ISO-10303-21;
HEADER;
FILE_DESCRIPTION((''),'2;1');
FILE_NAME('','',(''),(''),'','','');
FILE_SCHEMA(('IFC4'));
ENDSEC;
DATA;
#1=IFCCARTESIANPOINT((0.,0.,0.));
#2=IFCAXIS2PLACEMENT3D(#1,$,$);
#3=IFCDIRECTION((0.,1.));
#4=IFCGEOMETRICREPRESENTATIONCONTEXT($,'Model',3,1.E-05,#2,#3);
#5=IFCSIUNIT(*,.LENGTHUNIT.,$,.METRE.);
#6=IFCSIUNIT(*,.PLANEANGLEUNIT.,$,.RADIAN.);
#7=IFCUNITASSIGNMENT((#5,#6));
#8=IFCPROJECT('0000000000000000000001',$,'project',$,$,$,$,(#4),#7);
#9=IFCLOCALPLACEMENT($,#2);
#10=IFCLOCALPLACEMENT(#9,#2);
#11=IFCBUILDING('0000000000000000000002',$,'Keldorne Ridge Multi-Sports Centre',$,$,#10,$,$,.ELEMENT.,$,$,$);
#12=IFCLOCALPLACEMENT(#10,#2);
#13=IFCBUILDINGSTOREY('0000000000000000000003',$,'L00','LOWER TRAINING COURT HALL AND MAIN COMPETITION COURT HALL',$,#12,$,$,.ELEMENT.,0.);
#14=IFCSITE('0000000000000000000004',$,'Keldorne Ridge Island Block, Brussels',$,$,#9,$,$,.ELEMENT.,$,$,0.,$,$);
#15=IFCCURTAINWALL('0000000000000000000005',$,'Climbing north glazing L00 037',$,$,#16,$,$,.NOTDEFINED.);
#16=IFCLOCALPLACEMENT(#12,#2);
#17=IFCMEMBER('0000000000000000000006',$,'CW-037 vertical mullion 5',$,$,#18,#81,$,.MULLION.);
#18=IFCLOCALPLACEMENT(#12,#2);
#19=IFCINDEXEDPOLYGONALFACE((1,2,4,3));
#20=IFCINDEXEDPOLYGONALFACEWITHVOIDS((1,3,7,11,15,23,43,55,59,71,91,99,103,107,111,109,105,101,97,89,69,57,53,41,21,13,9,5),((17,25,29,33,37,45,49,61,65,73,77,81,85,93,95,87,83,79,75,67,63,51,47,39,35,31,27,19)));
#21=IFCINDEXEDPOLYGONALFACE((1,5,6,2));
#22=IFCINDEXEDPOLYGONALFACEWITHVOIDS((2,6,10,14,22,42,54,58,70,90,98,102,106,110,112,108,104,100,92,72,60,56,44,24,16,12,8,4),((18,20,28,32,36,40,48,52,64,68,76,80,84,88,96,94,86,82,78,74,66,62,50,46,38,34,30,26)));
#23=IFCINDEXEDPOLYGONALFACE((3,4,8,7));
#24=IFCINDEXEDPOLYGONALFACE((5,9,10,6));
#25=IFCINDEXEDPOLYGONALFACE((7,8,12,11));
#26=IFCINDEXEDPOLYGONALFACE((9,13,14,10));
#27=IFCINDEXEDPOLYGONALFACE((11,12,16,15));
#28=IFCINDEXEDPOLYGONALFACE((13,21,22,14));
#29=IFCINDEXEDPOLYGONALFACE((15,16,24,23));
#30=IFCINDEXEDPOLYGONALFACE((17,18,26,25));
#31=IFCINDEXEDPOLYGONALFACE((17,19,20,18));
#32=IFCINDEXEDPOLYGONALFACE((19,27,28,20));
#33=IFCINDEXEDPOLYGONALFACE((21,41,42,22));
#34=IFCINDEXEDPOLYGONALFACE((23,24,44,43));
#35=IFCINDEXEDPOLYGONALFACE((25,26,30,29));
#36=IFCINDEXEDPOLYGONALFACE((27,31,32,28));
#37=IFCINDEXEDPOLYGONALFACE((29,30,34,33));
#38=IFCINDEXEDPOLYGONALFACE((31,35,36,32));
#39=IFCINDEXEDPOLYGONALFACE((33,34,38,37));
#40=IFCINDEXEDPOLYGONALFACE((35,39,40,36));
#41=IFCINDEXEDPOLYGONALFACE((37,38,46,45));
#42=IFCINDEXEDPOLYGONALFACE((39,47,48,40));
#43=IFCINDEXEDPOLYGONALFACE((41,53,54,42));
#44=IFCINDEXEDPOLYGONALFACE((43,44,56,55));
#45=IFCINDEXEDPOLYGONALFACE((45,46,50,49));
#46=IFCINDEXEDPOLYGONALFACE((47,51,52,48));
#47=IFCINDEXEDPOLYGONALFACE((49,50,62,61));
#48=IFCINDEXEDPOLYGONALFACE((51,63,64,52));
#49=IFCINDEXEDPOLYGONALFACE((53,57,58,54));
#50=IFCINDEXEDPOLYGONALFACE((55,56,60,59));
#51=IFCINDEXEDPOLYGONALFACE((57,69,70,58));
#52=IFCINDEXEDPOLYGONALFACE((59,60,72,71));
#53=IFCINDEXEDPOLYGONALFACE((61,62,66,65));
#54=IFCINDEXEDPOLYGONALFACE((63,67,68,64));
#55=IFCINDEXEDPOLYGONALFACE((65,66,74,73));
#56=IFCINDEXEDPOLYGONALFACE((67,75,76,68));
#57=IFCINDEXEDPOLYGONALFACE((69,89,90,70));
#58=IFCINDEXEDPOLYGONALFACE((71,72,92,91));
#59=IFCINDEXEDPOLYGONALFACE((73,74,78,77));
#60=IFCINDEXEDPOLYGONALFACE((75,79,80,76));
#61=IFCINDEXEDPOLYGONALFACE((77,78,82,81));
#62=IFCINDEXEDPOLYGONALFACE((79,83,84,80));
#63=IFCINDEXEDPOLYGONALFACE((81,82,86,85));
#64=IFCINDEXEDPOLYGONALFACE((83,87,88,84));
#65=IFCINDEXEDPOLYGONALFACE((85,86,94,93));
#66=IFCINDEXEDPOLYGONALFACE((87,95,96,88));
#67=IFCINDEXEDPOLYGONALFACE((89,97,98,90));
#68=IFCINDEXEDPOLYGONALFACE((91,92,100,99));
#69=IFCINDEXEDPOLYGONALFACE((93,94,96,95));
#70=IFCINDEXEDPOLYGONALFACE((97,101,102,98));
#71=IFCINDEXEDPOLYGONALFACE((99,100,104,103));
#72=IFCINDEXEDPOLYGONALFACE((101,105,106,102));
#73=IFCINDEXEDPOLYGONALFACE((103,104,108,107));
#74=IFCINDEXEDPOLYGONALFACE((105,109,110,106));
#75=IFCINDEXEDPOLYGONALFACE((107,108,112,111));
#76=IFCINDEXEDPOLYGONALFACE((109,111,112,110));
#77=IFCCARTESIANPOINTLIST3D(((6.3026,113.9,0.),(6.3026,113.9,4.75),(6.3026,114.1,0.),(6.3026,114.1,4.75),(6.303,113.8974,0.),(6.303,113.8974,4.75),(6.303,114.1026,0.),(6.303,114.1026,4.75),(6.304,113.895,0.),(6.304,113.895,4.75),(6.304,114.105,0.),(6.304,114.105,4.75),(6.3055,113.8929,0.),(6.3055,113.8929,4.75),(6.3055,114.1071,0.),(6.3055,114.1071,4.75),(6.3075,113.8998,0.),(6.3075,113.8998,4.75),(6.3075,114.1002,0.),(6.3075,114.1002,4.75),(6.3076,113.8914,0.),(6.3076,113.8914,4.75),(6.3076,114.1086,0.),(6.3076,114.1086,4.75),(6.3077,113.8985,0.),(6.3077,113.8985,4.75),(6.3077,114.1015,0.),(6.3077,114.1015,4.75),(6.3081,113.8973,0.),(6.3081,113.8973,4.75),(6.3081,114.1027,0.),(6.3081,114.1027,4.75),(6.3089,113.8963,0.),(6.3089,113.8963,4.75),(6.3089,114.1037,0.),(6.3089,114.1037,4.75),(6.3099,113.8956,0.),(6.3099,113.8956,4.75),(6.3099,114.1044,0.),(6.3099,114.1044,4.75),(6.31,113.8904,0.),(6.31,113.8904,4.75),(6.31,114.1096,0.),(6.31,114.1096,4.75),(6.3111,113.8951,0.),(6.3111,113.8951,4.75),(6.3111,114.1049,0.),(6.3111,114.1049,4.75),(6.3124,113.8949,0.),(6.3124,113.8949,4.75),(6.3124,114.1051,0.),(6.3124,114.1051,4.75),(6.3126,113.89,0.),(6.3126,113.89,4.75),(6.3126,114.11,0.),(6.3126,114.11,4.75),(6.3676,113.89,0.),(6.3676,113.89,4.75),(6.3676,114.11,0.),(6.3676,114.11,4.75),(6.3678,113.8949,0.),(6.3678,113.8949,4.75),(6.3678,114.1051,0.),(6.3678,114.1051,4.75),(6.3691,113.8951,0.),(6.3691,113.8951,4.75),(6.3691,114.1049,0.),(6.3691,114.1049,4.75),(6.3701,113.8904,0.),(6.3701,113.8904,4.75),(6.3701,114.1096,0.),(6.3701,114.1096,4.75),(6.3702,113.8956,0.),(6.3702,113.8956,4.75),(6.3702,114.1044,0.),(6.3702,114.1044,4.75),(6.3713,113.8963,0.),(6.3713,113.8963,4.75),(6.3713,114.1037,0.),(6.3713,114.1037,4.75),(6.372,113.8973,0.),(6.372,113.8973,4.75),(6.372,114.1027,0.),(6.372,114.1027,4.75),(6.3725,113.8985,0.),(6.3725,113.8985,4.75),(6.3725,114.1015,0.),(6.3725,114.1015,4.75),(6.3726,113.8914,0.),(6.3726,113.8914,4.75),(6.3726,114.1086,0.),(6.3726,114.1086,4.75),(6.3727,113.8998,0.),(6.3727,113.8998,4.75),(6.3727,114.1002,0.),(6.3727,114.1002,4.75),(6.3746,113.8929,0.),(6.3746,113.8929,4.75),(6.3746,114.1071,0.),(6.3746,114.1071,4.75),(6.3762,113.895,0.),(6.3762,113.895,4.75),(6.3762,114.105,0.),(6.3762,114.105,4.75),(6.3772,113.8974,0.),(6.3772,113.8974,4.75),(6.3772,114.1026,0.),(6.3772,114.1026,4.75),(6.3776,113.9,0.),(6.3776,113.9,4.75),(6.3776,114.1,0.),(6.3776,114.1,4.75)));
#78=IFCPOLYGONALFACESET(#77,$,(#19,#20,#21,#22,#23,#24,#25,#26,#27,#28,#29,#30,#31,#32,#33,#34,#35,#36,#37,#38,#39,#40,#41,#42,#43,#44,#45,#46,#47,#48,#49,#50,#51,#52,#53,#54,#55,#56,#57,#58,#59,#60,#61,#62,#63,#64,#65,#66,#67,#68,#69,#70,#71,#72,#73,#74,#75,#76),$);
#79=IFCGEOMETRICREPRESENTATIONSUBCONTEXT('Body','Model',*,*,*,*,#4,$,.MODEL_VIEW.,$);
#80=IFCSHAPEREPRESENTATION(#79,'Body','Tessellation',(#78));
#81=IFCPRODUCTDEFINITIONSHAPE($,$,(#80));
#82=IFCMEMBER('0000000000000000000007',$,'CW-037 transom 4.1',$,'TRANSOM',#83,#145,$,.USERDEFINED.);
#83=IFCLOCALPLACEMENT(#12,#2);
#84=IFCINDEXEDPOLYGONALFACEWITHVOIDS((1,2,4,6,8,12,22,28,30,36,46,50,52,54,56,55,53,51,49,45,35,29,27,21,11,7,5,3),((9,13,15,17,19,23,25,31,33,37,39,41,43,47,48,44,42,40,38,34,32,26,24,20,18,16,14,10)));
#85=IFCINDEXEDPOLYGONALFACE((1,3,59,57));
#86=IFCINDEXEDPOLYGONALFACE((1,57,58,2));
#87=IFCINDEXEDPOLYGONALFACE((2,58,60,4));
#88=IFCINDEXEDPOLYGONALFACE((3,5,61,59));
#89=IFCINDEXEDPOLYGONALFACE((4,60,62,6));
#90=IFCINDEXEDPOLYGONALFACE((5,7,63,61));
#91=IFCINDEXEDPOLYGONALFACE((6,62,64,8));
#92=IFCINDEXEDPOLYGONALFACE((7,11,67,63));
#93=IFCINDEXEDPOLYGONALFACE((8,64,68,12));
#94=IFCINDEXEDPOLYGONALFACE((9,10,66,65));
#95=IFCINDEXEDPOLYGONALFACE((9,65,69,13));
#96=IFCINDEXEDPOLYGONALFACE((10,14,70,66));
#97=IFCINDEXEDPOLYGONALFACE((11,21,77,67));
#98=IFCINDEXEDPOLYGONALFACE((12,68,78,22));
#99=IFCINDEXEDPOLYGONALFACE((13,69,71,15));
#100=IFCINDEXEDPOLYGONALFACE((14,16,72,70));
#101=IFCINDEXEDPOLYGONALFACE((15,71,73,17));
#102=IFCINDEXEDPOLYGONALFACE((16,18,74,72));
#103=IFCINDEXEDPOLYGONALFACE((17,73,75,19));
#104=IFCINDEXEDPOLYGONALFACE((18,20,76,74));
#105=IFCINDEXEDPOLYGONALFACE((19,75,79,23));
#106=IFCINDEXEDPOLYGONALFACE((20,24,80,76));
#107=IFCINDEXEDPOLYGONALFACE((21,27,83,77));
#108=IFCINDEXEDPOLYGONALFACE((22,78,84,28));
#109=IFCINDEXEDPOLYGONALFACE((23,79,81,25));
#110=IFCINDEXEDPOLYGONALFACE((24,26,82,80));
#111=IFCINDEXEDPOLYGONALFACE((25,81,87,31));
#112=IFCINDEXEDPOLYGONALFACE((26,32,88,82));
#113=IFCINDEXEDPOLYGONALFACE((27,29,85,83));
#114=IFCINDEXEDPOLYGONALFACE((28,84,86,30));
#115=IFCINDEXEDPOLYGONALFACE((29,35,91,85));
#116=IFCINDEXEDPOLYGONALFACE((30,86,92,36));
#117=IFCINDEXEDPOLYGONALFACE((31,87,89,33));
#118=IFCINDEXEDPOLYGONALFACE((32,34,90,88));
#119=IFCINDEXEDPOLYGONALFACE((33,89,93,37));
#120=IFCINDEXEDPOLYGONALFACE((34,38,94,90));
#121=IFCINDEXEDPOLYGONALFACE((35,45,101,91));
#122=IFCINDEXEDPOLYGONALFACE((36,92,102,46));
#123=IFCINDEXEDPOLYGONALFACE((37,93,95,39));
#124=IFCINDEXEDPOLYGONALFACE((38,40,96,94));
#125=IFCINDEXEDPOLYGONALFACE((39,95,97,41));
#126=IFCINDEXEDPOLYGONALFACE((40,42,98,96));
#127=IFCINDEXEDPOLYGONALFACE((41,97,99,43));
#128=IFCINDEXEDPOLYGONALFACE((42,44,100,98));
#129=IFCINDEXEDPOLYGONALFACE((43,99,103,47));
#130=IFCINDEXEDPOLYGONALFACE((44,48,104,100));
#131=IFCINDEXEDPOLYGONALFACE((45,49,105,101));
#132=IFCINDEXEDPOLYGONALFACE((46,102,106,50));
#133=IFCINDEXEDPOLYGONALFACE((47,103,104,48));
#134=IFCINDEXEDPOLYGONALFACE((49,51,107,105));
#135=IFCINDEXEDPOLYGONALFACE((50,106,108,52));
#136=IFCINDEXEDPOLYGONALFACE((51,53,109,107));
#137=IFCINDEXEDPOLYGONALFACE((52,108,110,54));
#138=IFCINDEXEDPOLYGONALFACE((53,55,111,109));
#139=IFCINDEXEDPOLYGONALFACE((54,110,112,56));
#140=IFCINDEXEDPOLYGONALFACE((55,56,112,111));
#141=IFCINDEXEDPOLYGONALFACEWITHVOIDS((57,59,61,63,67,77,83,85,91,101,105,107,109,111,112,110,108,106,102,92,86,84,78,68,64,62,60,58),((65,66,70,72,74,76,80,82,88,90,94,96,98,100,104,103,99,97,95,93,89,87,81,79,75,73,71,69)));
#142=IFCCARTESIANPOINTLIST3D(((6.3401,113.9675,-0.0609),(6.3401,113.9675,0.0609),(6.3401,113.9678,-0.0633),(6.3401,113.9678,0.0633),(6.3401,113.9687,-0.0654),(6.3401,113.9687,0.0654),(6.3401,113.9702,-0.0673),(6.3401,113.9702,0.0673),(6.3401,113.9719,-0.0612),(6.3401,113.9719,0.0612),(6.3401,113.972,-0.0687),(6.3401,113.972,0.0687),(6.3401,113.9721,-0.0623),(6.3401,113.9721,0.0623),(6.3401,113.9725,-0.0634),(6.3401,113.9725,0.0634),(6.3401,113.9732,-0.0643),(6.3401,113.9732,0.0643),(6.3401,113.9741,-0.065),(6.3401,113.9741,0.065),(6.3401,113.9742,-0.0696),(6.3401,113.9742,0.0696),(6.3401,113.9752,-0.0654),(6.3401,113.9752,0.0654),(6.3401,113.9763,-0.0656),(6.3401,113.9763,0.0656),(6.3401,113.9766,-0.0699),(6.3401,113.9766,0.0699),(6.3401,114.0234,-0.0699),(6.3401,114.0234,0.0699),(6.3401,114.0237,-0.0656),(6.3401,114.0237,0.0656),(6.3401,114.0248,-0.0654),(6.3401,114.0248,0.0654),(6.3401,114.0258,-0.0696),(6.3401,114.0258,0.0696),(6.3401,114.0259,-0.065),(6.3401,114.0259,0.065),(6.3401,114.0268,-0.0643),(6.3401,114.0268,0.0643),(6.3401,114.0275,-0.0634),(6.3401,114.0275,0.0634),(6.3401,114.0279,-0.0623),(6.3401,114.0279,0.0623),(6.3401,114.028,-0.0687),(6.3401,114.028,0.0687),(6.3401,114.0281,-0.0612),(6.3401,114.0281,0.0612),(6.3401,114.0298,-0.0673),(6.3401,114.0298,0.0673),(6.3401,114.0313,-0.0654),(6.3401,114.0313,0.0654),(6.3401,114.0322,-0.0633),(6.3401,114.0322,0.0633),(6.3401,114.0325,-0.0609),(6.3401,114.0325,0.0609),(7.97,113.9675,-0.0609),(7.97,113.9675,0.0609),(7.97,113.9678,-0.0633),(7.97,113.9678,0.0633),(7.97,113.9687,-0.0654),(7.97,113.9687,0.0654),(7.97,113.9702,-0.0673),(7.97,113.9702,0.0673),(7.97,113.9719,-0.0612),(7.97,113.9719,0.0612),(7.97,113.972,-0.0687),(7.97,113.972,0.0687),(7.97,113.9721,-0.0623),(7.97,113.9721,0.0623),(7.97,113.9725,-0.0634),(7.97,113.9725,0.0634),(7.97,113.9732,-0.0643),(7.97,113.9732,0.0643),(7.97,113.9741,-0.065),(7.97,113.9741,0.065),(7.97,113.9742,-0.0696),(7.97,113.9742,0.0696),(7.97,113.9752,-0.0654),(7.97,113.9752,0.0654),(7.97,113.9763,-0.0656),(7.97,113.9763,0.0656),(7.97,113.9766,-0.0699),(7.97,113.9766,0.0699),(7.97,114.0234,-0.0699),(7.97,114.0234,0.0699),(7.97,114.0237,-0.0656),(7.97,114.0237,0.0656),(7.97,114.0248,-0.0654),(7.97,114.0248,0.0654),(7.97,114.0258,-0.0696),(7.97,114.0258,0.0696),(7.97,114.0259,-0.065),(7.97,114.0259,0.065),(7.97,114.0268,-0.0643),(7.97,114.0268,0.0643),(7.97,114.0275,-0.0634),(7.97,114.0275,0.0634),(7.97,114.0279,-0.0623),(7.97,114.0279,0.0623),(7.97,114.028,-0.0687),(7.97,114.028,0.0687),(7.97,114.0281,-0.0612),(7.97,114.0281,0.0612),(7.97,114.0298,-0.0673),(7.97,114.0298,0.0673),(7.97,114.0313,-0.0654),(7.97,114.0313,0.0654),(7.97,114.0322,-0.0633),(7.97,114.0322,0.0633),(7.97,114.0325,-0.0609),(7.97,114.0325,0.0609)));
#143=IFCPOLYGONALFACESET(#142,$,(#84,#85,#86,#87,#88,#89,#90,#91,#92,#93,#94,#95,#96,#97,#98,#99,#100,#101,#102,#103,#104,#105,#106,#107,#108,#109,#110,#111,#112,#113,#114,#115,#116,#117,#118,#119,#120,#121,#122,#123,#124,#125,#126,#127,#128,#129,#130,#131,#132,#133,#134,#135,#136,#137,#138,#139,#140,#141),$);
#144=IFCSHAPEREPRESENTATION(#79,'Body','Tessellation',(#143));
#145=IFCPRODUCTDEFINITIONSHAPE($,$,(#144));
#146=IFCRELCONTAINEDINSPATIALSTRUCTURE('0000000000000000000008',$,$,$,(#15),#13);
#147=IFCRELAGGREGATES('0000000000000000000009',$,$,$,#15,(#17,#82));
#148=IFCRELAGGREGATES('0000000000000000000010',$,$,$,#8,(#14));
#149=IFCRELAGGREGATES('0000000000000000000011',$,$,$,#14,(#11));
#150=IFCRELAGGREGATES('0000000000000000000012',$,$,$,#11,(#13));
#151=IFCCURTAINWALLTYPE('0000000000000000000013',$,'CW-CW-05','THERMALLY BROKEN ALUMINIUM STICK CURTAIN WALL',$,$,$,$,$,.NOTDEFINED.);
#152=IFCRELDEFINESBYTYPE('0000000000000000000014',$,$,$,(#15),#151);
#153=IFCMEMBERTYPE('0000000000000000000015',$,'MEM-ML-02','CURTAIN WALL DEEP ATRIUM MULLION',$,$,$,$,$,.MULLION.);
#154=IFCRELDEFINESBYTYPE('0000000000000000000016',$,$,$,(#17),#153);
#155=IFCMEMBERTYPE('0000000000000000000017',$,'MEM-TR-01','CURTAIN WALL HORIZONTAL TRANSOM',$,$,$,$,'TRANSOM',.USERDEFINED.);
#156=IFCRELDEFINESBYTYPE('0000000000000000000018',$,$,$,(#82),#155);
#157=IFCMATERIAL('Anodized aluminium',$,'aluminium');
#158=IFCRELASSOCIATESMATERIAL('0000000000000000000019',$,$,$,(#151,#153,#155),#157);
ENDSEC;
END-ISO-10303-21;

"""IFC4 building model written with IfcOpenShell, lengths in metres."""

from ifc_helpers import new_model, si_unit, direction, frame, origin, origin_2d, place, context, subcontext, project, spatial, hollow_rectangle, extrude, material, material_profile, profile_set, type_object, element, aggregate, save


model = new_model("IFC4")

# Units and contexts
model_context = context("Model", 3, precision=1e-05, world=origin(), true_north=direction((0.0, 1.0)))
body_context = subcontext(model_context, "Body", "Model", "MODEL_VIEW")
ifc_project = project(units=[si_unit("LENGTHUNIT", "METRE"), si_unit("PLANEANGLEUNIT", "RADIAN")], contexts=[model_context])

# Site, building, storey
site_placement = place(None, origin())
site = spatial("IfcSite", under=ifc_project, at=site_placement, Name="Keldorne Ridge Island Block, Brussels", CompositionType="ELEMENT", RefElevation=0.0)
building_placement = place(site_placement, origin())
building = spatial("IfcBuilding", under=site, at=building_placement, Name="Keldorne Ridge Multi-Sports Centre", CompositionType="ELEMENT")
storey_placement = place(building_placement, origin())
storey = spatial("IfcBuildingStorey", under=building, at=storey_placement, Name="L00", Description="LOWER TRAINING COURT HALL AND MAIN COMPETITION COURT HALL", CompositionType="ELEMENT", Elevation=0.0)

# Curtain wall, members
ifc_material_1 = material(Name="Anodized aluminium", Category="aluminium")
curtain_wall_type = type_object("IfcCurtainWallType", Name="CW-CW-05", Description="THERMALLY BROKEN ALUMINIUM STICK CURTAIN WALL", PredefinedType="NOTDEFINED", material=ifc_material_1)
curtain_wall_placement = place(storey_placement, origin())
curtain_wall = element("IfcCurtainWall", 1, at=curtain_wall_placement, inside=storey, type_object=curtain_wall_type, Name="Climbing north glazing L00 037", PredefinedType="NOTDEFINED")
ifc_material_profile_1 = material_profile(ifc_material_1, hollow_rectangle(XDim=0.075, YDim=0.22, WallThickness=0.0049, InnerFilletRadius=0.0049, OuterFilletRadius=0.01, at=origin_2d()), Name="ALU MULLION 220x75x5")
ifc_profile_set_1 = profile_set([ifc_material_profile_1], Name="Anodized aluminium")
member_type_1 = type_object("IfcMemberType", Name="MEM-ML-02", Description="CURTAIN WALL DEEP ATRIUM MULLION", PredefinedType="MULLION", material=ifc_profile_set_1)
member_1_placement = place(storey_placement, frame((6.3401, 114.0, 0.0), z_axis=(0.0, 0.0, 1.0), x_axis=(1.0, 0.0, 0.0)))
member_1 = element("IfcMember", 2, at=member_1_placement, type_object=member_type_1, Name="CW-037 vertical mullion 5", PredefinedType="MULLION", context=body_context, shape_type="SweptSolid", body=[
    extrude(hollow_rectangle(XDim=0.075, YDim=0.22, WallThickness=0.0049, InnerFilletRadius=0.0049, OuterFilletRadius=0.01, at=origin_2d()), origin(), (0.0, 0.0, 1.0), 4.75),
])
ifc_material_profile_2 = material_profile(ifc_material_1, hollow_rectangle(XDim=0.0649, YDim=0.1399, WallThickness=0.0044, InnerFilletRadius=0.0044, OuterFilletRadius=0.009, at=origin_2d()), Name="ALU TRANSOM 140x65x4.5")
ifc_profile_set_2 = profile_set([ifc_material_profile_2], Name="Anodized aluminium")
member_type_2 = type_object("IfcMemberType", Name="MEM-TR-01", Description="CURTAIN WALL HORIZONTAL TRANSOM", ElementType="TRANSOM", PredefinedType="USERDEFINED", material=ifc_profile_set_2)
member_2_placement = place(storey_placement, frame((7.97, 114.0, 0.0), z_axis=(-1.0, 0.0, 0.0), x_axis=(0.0, -1.0, 0.0)))
member_2 = element("IfcMember", 3, at=member_2_placement, type_object=member_type_2, Name="CW-037 transom 4.1", ObjectType="TRANSOM", PredefinedType="USERDEFINED", context=body_context, shape_type="SweptSolid", body=[
    extrude(hollow_rectangle(XDim=0.0649, YDim=0.1399, WallThickness=0.0044, InnerFilletRadius=0.0044, OuterFilletRadius=0.009, at=origin_2d()), origin(), (0.0, 0.0, 1.0), 1.6299),
])

aggregate(curtain_wall, [member_1, member_2])

save(model, "model.ifc")
